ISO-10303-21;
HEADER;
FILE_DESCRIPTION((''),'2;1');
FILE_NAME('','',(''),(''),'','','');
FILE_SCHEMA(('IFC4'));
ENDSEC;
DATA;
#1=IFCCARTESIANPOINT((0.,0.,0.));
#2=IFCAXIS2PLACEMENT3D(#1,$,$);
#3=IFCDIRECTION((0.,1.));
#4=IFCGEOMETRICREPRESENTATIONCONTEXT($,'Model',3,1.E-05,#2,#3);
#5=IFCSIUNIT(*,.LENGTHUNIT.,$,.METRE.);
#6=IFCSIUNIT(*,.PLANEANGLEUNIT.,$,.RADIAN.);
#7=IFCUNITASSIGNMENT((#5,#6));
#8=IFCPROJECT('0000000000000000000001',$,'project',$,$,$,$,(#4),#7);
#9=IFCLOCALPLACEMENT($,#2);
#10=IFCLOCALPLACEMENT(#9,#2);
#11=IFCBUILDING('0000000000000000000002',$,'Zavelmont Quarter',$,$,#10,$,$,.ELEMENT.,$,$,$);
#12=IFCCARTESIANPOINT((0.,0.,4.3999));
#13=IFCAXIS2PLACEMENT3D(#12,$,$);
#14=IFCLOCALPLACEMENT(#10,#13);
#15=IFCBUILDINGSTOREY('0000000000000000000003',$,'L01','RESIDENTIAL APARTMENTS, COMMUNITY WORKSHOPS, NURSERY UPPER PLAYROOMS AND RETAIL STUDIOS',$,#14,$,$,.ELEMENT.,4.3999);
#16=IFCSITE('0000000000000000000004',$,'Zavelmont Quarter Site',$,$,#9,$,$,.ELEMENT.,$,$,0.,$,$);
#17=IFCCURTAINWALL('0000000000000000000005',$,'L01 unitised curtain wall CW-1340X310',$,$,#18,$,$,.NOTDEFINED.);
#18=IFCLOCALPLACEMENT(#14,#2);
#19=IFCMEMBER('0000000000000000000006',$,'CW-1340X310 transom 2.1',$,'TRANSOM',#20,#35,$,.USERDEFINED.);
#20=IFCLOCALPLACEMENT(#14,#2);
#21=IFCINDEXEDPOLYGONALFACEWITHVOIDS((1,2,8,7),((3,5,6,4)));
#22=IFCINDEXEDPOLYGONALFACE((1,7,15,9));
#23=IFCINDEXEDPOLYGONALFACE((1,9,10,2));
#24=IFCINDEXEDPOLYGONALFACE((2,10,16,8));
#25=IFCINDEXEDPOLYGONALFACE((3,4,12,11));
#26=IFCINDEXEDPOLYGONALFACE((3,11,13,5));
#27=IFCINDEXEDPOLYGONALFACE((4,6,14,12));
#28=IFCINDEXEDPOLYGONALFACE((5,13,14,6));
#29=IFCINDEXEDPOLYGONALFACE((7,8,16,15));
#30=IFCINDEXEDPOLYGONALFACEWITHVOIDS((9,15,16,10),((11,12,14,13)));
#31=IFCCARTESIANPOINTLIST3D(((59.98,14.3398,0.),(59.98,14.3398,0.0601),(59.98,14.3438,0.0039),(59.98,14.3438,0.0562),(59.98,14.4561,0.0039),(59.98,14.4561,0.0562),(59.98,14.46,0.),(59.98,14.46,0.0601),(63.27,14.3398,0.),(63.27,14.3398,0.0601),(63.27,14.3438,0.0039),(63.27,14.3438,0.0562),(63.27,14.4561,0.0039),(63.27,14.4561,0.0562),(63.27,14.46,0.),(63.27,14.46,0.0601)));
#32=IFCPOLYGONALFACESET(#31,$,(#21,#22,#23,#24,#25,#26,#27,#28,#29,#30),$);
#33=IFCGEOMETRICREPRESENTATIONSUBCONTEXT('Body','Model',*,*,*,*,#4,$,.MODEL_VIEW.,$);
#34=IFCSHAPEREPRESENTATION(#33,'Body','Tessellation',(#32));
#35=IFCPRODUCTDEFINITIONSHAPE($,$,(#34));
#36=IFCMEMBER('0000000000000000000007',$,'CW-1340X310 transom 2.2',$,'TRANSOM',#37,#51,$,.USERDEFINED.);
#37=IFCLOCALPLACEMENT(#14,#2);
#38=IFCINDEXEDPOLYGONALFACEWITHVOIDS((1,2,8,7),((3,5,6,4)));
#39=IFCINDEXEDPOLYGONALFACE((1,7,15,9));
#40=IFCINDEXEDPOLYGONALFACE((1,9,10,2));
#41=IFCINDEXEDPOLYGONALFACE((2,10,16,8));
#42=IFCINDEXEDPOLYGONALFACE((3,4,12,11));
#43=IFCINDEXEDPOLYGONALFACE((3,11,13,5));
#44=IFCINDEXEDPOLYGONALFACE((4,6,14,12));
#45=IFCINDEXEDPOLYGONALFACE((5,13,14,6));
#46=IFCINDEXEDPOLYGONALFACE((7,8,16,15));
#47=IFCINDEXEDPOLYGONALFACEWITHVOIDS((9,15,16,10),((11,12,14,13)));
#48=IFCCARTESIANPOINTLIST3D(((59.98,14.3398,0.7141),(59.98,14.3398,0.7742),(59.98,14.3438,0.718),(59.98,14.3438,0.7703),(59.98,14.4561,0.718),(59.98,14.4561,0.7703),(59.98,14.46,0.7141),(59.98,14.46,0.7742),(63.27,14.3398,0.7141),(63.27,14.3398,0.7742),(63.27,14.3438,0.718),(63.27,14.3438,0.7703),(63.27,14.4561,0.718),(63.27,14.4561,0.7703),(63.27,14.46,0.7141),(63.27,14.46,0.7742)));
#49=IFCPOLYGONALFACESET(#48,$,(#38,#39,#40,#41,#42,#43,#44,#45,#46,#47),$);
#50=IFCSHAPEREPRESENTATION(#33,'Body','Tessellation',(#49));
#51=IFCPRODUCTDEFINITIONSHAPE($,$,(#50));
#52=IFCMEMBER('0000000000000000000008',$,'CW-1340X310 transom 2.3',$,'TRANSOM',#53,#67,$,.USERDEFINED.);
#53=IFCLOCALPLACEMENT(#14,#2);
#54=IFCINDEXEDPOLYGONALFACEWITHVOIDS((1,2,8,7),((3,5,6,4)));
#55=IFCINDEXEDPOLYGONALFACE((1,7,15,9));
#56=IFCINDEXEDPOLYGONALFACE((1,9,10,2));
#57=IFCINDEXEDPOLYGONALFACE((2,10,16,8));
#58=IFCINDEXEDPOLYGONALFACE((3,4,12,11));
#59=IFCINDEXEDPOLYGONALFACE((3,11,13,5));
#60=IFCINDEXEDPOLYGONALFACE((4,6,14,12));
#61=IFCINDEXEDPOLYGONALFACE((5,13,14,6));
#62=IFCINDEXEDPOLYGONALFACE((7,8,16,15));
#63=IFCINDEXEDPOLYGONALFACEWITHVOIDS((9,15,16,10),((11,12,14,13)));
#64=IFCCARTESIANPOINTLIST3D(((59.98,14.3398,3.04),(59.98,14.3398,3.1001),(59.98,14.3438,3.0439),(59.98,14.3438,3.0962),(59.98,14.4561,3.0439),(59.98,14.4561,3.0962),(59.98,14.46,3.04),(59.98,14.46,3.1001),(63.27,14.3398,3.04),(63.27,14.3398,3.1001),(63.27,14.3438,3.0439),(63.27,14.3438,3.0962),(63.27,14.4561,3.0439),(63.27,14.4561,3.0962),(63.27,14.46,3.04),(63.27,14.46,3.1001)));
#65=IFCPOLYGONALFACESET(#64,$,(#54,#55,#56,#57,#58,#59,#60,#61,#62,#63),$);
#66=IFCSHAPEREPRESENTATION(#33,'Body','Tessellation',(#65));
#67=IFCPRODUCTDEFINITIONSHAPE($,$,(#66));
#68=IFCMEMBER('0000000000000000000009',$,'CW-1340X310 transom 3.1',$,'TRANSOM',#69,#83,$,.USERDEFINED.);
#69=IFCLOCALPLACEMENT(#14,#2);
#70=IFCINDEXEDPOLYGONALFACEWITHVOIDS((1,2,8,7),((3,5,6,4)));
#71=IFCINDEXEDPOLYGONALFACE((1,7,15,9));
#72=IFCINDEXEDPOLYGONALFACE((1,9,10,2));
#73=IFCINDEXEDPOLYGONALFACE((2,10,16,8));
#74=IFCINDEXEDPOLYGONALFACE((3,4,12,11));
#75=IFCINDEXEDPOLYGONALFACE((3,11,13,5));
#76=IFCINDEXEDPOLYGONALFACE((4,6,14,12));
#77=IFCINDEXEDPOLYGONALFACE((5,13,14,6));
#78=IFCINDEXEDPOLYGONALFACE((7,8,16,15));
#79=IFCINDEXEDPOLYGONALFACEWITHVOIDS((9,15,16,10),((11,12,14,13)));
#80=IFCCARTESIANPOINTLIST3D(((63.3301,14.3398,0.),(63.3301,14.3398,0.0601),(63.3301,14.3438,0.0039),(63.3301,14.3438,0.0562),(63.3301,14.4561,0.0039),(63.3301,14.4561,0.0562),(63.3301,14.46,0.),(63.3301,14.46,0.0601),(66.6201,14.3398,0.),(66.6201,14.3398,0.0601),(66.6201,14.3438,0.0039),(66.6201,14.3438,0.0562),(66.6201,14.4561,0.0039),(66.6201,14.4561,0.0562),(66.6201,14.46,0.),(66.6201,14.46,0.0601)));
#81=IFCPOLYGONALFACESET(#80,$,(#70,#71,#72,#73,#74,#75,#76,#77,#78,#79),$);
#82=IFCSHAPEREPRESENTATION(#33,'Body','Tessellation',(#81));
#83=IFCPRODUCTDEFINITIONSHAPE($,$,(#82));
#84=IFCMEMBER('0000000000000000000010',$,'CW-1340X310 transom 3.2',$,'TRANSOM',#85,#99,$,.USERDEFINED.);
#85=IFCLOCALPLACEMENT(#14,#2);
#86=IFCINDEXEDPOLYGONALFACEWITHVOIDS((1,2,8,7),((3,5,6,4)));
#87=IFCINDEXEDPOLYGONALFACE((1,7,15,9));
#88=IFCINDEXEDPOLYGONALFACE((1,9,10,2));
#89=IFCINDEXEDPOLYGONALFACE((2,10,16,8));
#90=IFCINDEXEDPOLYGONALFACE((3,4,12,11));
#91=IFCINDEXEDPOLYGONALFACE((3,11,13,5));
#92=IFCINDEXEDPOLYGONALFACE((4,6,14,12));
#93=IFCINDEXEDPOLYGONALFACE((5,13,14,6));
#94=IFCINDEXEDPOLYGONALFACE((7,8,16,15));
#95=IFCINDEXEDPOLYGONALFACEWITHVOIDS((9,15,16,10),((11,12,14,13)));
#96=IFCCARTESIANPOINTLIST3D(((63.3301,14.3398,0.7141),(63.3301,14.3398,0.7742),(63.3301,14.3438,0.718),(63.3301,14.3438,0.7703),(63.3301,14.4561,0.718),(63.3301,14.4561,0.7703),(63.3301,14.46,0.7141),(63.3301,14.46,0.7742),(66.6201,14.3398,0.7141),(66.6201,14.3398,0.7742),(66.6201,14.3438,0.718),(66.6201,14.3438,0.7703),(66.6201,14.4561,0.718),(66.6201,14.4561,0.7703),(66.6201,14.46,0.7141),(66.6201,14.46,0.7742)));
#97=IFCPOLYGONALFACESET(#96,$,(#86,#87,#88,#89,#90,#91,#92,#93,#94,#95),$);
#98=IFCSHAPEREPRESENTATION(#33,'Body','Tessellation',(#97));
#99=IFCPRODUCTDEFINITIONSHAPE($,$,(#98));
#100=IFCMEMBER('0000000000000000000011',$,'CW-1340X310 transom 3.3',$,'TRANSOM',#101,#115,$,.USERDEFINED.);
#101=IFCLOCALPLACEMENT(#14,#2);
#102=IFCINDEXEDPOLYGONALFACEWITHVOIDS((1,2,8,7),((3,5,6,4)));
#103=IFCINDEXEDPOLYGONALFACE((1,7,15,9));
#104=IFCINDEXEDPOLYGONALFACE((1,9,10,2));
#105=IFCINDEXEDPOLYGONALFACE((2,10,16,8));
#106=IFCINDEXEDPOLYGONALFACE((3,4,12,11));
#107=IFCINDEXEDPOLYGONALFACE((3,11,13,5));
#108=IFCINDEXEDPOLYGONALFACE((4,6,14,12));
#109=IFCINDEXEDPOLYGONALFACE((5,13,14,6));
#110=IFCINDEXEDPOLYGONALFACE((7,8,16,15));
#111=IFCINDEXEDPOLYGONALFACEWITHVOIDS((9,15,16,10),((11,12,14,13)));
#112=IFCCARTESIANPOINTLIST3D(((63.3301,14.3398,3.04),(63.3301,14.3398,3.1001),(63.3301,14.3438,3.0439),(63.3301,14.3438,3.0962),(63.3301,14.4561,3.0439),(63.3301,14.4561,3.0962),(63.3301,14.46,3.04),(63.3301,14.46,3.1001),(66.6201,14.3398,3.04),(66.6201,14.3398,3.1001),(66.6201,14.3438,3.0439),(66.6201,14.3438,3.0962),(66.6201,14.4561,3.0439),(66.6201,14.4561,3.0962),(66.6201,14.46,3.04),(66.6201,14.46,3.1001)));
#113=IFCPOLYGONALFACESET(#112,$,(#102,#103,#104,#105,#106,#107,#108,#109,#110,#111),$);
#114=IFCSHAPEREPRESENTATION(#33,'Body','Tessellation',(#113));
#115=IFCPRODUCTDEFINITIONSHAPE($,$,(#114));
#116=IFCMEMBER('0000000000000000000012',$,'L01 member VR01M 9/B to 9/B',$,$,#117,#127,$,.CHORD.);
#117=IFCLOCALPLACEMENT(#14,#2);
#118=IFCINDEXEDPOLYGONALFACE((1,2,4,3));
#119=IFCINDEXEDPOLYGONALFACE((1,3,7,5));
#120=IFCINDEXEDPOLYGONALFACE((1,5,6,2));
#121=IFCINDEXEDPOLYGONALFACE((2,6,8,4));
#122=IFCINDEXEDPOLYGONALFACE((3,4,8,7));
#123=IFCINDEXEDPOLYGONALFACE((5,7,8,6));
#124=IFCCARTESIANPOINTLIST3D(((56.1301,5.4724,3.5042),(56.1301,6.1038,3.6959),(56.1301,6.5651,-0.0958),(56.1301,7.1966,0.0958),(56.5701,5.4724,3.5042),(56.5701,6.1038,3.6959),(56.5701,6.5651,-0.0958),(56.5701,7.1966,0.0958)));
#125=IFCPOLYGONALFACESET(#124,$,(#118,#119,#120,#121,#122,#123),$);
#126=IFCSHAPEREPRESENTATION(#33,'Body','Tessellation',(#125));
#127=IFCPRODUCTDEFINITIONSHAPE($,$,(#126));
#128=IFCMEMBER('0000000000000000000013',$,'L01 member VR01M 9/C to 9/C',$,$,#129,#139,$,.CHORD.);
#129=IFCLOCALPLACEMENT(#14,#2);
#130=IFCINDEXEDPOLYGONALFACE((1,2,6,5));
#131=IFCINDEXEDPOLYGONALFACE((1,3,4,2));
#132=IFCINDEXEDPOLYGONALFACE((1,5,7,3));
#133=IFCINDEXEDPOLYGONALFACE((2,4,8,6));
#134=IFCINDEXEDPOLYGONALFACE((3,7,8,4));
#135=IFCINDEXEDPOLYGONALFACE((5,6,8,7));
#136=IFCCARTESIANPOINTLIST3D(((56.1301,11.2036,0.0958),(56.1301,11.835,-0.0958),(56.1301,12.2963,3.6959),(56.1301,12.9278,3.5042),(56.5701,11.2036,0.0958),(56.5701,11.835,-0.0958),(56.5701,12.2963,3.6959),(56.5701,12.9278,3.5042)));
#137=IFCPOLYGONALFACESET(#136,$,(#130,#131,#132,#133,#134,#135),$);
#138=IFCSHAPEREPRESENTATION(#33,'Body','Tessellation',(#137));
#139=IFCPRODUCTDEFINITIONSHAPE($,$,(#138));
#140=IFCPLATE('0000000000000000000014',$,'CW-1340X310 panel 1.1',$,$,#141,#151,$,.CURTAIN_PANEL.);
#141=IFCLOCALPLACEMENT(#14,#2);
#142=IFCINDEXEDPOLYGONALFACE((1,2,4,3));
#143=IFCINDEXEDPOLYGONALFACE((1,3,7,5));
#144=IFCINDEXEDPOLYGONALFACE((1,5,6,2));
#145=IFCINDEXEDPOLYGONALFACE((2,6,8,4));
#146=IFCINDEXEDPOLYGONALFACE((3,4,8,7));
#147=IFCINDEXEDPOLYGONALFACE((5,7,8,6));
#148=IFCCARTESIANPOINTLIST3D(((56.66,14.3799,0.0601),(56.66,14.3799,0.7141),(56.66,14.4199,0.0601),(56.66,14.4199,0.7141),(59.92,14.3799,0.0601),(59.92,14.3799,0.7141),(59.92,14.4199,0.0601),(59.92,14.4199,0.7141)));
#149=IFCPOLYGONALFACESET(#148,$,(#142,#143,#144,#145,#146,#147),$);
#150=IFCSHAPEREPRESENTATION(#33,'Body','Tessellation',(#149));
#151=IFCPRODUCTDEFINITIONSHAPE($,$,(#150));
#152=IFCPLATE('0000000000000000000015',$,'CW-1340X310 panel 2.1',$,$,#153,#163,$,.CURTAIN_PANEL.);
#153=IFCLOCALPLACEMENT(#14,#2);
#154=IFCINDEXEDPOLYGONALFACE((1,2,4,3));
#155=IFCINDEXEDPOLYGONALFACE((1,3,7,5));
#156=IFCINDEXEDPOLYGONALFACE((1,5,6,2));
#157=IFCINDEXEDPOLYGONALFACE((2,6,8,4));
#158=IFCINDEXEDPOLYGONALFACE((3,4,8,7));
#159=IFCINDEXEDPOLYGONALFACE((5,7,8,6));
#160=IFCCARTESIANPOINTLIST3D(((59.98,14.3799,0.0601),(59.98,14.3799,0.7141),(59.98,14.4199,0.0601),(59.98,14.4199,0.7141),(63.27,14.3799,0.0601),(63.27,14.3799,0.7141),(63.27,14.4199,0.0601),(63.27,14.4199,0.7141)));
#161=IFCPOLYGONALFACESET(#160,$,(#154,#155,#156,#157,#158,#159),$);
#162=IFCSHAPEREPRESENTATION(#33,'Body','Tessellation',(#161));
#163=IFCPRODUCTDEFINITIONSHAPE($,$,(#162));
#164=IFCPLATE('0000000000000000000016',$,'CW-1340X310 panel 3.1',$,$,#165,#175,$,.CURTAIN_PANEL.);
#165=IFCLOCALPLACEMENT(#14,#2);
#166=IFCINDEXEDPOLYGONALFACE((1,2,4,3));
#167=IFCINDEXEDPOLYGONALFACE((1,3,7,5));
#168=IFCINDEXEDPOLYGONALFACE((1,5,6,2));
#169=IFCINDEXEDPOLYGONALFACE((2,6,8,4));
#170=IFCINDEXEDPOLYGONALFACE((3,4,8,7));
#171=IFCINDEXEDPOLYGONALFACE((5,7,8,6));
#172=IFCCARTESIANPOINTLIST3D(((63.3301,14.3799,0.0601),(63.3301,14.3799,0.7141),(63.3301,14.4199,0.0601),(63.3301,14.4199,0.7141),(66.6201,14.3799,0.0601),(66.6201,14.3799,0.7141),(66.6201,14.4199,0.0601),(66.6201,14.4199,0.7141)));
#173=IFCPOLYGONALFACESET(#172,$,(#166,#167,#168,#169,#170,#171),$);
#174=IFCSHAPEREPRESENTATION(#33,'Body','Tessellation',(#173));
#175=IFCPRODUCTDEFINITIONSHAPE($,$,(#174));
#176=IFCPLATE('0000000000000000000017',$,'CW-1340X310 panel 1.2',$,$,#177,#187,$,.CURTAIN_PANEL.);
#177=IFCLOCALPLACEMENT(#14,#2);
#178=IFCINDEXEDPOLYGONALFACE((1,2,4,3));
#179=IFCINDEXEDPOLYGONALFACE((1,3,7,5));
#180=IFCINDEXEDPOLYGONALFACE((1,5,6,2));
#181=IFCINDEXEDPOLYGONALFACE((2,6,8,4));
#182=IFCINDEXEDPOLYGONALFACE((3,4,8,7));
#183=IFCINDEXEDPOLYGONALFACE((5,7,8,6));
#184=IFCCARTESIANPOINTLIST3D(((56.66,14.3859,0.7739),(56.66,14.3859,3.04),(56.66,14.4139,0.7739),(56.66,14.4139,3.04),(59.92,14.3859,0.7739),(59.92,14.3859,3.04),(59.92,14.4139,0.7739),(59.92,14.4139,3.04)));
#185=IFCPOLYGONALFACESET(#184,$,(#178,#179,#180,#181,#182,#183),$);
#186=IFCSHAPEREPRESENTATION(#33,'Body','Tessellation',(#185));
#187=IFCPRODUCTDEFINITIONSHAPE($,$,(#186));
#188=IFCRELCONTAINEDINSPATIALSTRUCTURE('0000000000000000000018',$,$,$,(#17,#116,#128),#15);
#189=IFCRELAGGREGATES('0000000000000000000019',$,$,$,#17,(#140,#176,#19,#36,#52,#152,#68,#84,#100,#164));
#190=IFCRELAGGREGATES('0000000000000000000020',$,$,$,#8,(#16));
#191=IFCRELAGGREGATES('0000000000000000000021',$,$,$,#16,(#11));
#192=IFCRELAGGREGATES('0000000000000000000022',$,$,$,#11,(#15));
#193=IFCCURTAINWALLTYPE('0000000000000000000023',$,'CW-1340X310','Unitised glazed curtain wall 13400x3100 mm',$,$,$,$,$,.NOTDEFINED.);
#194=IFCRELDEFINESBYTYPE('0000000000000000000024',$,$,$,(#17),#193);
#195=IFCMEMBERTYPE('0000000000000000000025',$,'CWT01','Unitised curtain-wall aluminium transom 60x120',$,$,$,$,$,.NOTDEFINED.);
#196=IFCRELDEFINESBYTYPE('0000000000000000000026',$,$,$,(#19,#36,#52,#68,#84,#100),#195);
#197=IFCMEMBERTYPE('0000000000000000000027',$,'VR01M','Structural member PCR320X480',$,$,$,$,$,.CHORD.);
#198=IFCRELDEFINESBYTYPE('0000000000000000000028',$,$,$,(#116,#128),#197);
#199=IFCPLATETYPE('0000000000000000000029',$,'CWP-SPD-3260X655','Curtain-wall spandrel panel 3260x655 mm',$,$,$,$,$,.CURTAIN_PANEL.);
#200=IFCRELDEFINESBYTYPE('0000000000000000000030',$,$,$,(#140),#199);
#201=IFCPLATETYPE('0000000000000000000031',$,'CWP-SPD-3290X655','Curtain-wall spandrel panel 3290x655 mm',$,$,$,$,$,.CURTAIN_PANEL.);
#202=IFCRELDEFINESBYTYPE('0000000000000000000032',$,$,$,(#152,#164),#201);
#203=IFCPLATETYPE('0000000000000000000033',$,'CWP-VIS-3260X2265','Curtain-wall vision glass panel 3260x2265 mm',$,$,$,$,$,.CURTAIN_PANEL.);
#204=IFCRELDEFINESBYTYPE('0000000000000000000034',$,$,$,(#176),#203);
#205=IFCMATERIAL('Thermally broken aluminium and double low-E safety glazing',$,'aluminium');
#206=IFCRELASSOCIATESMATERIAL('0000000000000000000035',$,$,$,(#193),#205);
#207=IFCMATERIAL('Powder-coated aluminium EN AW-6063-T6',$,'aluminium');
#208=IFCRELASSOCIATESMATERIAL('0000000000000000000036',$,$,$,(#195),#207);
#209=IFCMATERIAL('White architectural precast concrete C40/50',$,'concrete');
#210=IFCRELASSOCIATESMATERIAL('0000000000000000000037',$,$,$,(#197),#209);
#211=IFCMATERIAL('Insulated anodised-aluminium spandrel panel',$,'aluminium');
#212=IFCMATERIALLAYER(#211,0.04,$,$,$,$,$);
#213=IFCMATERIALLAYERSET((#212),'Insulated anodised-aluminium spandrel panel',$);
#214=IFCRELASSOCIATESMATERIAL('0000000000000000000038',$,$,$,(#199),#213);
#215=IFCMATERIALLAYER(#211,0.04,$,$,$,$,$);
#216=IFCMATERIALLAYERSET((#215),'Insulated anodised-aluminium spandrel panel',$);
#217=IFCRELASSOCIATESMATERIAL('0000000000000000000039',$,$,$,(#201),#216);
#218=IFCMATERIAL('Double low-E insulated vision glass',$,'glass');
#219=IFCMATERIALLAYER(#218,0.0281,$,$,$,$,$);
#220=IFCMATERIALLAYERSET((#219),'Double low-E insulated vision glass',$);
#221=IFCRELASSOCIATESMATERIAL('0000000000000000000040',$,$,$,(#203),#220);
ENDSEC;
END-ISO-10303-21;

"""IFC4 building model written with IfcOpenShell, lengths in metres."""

from ifc_helpers import new_model, si_unit, direction, frame, origin, origin_2d, place, context, subcontext, project, spatial, rectangle, hollow_rectangle, extrude, material, layer, layer_set, material_profile, profile_set, type_object, element, aggregate, save


model = new_model("IFC4")

# Units and contexts
model_context = context("Model", 3, precision=1e-05, world=origin(), true_north=direction((0.0, 1.0)))
body_context = subcontext(model_context, "Body", "Model", "MODEL_VIEW")
ifc_project = project(units=[si_unit("LENGTHUNIT", "METRE"), si_unit("PLANEANGLEUNIT", "RADIAN")], contexts=[model_context])

# Site, building, storey
site_placement = place(None, origin())
site = spatial("IfcSite", under=ifc_project, at=site_placement, Name="Zavelmont Quarter Site", CompositionType="ELEMENT", RefElevation=0.0)
building_placement = place(site_placement, origin())
building = spatial("IfcBuilding", under=site, at=building_placement, Name="Zavelmont Quarter", CompositionType="ELEMENT")
storey_placement = place(building_placement, frame((0.0, 0.0, 4.3999)))
storey = spatial("IfcBuildingStorey", under=building, at=storey_placement, Name="L01", Description="RESIDENTIAL APARTMENTS, COMMUNITY WORKSHOPS, NURSERY UPPER PLAYROOMS AND RETAIL STUDIOS", CompositionType="ELEMENT", Elevation=4.3999)

# Curtain wall, members
ifc_material_1 = material(Name="Thermally broken aluminium and double low-E safety glazing", Category="aluminium")
curtain_wall_type = type_object("IfcCurtainWallType", Name="CW-1340X310", Description="Unitised glazed curtain wall 13400x3100 mm", PredefinedType="NOTDEFINED", material=ifc_material_1)
curtain_wall_placement = place(storey_placement, origin())
curtain_wall = element("IfcCurtainWall", 1, at=curtain_wall_placement, inside=storey, type_object=curtain_wall_type, Name="L01 unitised curtain wall CW-1340X310", PredefinedType="NOTDEFINED")
ifc_material_2 = material(Name="Powder-coated aluminium EN AW-6063-T6", Category="aluminium")
ifc_material_profile_1 = material_profile(ifc_material_2, hollow_rectangle(XDim=0.1201, YDim=0.0601, WallThickness=0.0039, at=origin_2d()), Name="CWT60X120")
ifc_profile_set_1 = profile_set([ifc_material_profile_1], Name="Powder-coated aluminium EN AW-6063-T6")
member_type_1 = type_object("IfcMemberType", Name="CWT01", Description="Unitised curtain-wall aluminium transom 60x120", PredefinedType="NOTDEFINED", material=ifc_profile_set_1)
member_1_placement = place(storey_placement, frame((59.98, 14.3999, 0.03), z_axis=(1.0, 0.0, 0.0), x_axis=(0.0, 1.0, 0.0)))
member_1 = element("IfcMember", 2, at=member_1_placement, type_object=member_type_1, Name="CW-1340X310 transom 2.1", ObjectType="TRANSOM", PredefinedType="USERDEFINED", context=body_context, shape_type="SweptSolid", body=[
    extrude(hollow_rectangle(XDim=0.1201, YDim=0.0601, WallThickness=0.0039, at=origin_2d()), origin(), (0.0, 0.0, 1.0), 3.29),
])
member_2_placement = place(storey_placement, frame((59.98, 14.3999, 0.7441), z_axis=(1.0, 0.0, 0.0), x_axis=(0.0, 1.0, 0.0)))
member_2 = element("IfcMember", 3, at=member_2_placement, type_object=member_type_1, Name="CW-1340X310 transom 2.2", ObjectType="TRANSOM", PredefinedType="USERDEFINED", context=body_context, shape_type="SweptSolid", body=[
    extrude(hollow_rectangle(XDim=0.1201, YDim=0.0601, WallThickness=0.0039, at=origin_2d()), origin(), (0.0, 0.0, 1.0), 3.29),
])
member_3_placement = place(storey_placement, frame((59.98, 14.3999, 3.0701), z_axis=(1.0, 0.0, 0.0), x_axis=(0.0, 1.0, 0.0)))
member_3 = element("IfcMember", 4, at=member_3_placement, type_object=member_type_1, Name="CW-1340X310 transom 2.3", ObjectType="TRANSOM", PredefinedType="USERDEFINED", context=body_context, shape_type="SweptSolid", body=[
    extrude(hollow_rectangle(XDim=0.1201, YDim=0.0601, WallThickness=0.0039, at=origin_2d()), origin(), (0.0, 0.0, 1.0), 3.29),
])
member_4_placement = place(storey_placement, frame((63.3301, 14.3999, 0.03), z_axis=(1.0, 0.0, 0.0), x_axis=(0.0, 1.0, 0.0)))
member_4 = element("IfcMember", 5, at=member_4_placement, type_object=member_type_1, Name="CW-1340X310 transom 3.1", ObjectType="TRANSOM", PredefinedType="USERDEFINED", context=body_context, shape_type="SweptSolid", body=[
    extrude(hollow_rectangle(XDim=0.1201, YDim=0.0601, WallThickness=0.0039, at=origin_2d()), origin(), (0.0, 0.0, 1.0), 3.29),
])
member_5_placement = place(storey_placement, frame((63.3301, 14.3999, 0.7441), z_axis=(1.0, 0.0, 0.0), x_axis=(0.0, 1.0, 0.0)))
member_5 = element("IfcMember", 6, at=member_5_placement, type_object=member_type_1, Name="CW-1340X310 transom 3.2", ObjectType="TRANSOM", PredefinedType="USERDEFINED", context=body_context, shape_type="SweptSolid", body=[
    extrude(hollow_rectangle(XDim=0.1201, YDim=0.0601, WallThickness=0.0039, at=origin_2d()), origin(), (0.0, 0.0, 1.0), 3.29),
])
member_6_placement = place(storey_placement, frame((63.3301, 14.3999, 3.0701), z_axis=(1.0, 0.0, 0.0), x_axis=(0.0, 1.0, 0.0)))
member_6 = element("IfcMember", 7, at=member_6_placement, type_object=member_type_1, Name="CW-1340X310 transom 3.3", ObjectType="TRANSOM", PredefinedType="USERDEFINED", context=body_context, shape_type="SweptSolid", body=[
    extrude(hollow_rectangle(XDim=0.1201, YDim=0.0601, WallThickness=0.0039, at=origin_2d()), origin(), (0.0, 0.0, 1.0), 3.29),
])

# Members
ifc_material_3 = material(Name="White architectural precast concrete C40/50", Category="concrete")
ifc_material_profile_2 = material_profile(ifc_material_3, rectangle(XDim=0.4399, YDim=0.6599, at=origin_2d()), Name="PCR320X480")
ifc_profile_set_2 = profile_set([ifc_material_profile_2], Name="White architectural precast concrete C40/50")
member_type_2 = type_object("IfcMemberType", Name="VR01M", Description="Structural member PCR320X480", PredefinedType="CHORD", material=ifc_profile_set_2)
for number, where, z_axis, x_axis, name in (
    (8, (56.3501, 6.8809, 0.0), (0.0, -0.290454, 0.956889), (1.0, 0.0, 0.0), "L01 member VR01M 9/B to 9/B"),
    (9, (56.3501, 11.5193, 0.0), (0.0, 0.290454, 0.956889), (-1.0, 0.0, 0.0), "L01 member VR01M 9/C to 9/C"),
):
    element("IfcMember", number, at=place(storey_placement, frame(where, z_axis=z_axis, x_axis=x_axis)), inside=storey, type_object=member_type_2, Name=name, PredefinedType="CHORD", context=body_context, shape_type="SweptSolid", body=[
        extrude(rectangle(XDim=0.4399, YDim=0.6599, at=origin_2d()), origin(), (0.0, 0.0, 1.0), 3.7622),
    ])

# Plates
ifc_material_4 = material(Name="Insulated anodised-aluminium spandrel panel", Category="aluminium")
ifc_layer_1 = layer(ifc_material_4, 0.04)
ifc_layer_set_1 = layer_set([ifc_layer_1], Name="Insulated anodised-aluminium spandrel panel")
plate_type_1 = type_object("IfcPlateType", Name="CWP-SPD-3260X655", Description="Curtain-wall spandrel panel 3260x655 mm", PredefinedType="CURTAIN_PANEL", material=ifc_layer_set_1)
plate_1_placement = place(storey_placement, frame((58.29, 14.3999, 0.0601), z_axis=(0.0, 0.0, 1.0), x_axis=(1.0, 0.0, 0.0)))
plate_1 = element("IfcPlate", 10, at=plate_1_placement, type_object=plate_type_1, Name="CW-1340X310 panel 1.1", PredefinedType="CURTAIN_PANEL", context=body_context, shape_type="SweptSolid", body=[
    extrude(rectangle(XDim=3.26, YDim=0.04, at=origin_2d()), origin(), (0.0, 0.0, 1.0), 0.6541),
])
ifc_layer_2 = layer(ifc_material_4, 0.04)
ifc_layer_set_2 = layer_set([ifc_layer_2], Name="Insulated anodised-aluminium spandrel panel")
plate_type_2 = type_object("IfcPlateType", Name="CWP-SPD-3290X655", Description="Curtain-wall spandrel panel 3290x655 mm", PredefinedType="CURTAIN_PANEL", material=ifc_layer_set_2)
plate_2_placement = place(storey_placement, frame((61.625, 14.3999, 0.0601), z_axis=(0.0, 0.0, 1.0), x_axis=(1.0, 0.0, 0.0)))
plate_2 = element("IfcPlate", 11, at=plate_2_placement, type_object=plate_type_2, Name="CW-1340X310 panel 2.1", PredefinedType="CURTAIN_PANEL", context=body_context, shape_type="SweptSolid", body=[
    extrude(rectangle(XDim=3.29, YDim=0.04, at=origin_2d()), origin(), (0.0, 0.0, 1.0), 0.6541),
])
plate_3_placement = place(storey_placement, frame((64.9751, 14.3999, 0.0601), z_axis=(0.0, 0.0, 1.0), x_axis=(1.0, 0.0, 0.0)))
plate_3 = element("IfcPlate", 12, at=plate_3_placement, type_object=plate_type_2, Name="CW-1340X310 panel 3.1", PredefinedType="CURTAIN_PANEL", context=body_context, shape_type="SweptSolid", body=[
    extrude(rectangle(XDim=3.29, YDim=0.04, at=origin_2d()), origin(), (0.0, 0.0, 1.0), 0.6541),
])
ifc_material_5 = material(Name="Double low-E insulated vision glass", Category="glass")
ifc_layer_3 = layer(ifc_material_5, 0.0281)
ifc_layer_set_3 = layer_set([ifc_layer_3], Name="Double low-E insulated vision glass")
plate_type_3 = type_object("IfcPlateType", Name="CWP-VIS-3260X2265", Description="Curtain-wall vision glass panel 3260x2265 mm", PredefinedType="CURTAIN_PANEL", material=ifc_layer_set_3)
plate_4_placement = place(storey_placement, frame((58.29, 14.3999, 0.7739), z_axis=(0.0, 0.0, 1.0), x_axis=(1.0, 0.0, 0.0)))
plate_4 = element("IfcPlate", 13, at=plate_4_placement, type_object=plate_type_3, Name="CW-1340X310 panel 1.2", PredefinedType="CURTAIN_PANEL", context=body_context, shape_type="SweptSolid", body=[
    extrude(rectangle(XDim=3.26, YDim=0.0281, at=origin_2d()), origin(), (0.0, 0.0, 1.0), 2.2661),
])
aggregate(curtain_wall, [plate_1, plate_4, member_1, member_2, member_3, plate_2, member_4, member_5, member_6, plate_3])

save(model, "model.ifc")
